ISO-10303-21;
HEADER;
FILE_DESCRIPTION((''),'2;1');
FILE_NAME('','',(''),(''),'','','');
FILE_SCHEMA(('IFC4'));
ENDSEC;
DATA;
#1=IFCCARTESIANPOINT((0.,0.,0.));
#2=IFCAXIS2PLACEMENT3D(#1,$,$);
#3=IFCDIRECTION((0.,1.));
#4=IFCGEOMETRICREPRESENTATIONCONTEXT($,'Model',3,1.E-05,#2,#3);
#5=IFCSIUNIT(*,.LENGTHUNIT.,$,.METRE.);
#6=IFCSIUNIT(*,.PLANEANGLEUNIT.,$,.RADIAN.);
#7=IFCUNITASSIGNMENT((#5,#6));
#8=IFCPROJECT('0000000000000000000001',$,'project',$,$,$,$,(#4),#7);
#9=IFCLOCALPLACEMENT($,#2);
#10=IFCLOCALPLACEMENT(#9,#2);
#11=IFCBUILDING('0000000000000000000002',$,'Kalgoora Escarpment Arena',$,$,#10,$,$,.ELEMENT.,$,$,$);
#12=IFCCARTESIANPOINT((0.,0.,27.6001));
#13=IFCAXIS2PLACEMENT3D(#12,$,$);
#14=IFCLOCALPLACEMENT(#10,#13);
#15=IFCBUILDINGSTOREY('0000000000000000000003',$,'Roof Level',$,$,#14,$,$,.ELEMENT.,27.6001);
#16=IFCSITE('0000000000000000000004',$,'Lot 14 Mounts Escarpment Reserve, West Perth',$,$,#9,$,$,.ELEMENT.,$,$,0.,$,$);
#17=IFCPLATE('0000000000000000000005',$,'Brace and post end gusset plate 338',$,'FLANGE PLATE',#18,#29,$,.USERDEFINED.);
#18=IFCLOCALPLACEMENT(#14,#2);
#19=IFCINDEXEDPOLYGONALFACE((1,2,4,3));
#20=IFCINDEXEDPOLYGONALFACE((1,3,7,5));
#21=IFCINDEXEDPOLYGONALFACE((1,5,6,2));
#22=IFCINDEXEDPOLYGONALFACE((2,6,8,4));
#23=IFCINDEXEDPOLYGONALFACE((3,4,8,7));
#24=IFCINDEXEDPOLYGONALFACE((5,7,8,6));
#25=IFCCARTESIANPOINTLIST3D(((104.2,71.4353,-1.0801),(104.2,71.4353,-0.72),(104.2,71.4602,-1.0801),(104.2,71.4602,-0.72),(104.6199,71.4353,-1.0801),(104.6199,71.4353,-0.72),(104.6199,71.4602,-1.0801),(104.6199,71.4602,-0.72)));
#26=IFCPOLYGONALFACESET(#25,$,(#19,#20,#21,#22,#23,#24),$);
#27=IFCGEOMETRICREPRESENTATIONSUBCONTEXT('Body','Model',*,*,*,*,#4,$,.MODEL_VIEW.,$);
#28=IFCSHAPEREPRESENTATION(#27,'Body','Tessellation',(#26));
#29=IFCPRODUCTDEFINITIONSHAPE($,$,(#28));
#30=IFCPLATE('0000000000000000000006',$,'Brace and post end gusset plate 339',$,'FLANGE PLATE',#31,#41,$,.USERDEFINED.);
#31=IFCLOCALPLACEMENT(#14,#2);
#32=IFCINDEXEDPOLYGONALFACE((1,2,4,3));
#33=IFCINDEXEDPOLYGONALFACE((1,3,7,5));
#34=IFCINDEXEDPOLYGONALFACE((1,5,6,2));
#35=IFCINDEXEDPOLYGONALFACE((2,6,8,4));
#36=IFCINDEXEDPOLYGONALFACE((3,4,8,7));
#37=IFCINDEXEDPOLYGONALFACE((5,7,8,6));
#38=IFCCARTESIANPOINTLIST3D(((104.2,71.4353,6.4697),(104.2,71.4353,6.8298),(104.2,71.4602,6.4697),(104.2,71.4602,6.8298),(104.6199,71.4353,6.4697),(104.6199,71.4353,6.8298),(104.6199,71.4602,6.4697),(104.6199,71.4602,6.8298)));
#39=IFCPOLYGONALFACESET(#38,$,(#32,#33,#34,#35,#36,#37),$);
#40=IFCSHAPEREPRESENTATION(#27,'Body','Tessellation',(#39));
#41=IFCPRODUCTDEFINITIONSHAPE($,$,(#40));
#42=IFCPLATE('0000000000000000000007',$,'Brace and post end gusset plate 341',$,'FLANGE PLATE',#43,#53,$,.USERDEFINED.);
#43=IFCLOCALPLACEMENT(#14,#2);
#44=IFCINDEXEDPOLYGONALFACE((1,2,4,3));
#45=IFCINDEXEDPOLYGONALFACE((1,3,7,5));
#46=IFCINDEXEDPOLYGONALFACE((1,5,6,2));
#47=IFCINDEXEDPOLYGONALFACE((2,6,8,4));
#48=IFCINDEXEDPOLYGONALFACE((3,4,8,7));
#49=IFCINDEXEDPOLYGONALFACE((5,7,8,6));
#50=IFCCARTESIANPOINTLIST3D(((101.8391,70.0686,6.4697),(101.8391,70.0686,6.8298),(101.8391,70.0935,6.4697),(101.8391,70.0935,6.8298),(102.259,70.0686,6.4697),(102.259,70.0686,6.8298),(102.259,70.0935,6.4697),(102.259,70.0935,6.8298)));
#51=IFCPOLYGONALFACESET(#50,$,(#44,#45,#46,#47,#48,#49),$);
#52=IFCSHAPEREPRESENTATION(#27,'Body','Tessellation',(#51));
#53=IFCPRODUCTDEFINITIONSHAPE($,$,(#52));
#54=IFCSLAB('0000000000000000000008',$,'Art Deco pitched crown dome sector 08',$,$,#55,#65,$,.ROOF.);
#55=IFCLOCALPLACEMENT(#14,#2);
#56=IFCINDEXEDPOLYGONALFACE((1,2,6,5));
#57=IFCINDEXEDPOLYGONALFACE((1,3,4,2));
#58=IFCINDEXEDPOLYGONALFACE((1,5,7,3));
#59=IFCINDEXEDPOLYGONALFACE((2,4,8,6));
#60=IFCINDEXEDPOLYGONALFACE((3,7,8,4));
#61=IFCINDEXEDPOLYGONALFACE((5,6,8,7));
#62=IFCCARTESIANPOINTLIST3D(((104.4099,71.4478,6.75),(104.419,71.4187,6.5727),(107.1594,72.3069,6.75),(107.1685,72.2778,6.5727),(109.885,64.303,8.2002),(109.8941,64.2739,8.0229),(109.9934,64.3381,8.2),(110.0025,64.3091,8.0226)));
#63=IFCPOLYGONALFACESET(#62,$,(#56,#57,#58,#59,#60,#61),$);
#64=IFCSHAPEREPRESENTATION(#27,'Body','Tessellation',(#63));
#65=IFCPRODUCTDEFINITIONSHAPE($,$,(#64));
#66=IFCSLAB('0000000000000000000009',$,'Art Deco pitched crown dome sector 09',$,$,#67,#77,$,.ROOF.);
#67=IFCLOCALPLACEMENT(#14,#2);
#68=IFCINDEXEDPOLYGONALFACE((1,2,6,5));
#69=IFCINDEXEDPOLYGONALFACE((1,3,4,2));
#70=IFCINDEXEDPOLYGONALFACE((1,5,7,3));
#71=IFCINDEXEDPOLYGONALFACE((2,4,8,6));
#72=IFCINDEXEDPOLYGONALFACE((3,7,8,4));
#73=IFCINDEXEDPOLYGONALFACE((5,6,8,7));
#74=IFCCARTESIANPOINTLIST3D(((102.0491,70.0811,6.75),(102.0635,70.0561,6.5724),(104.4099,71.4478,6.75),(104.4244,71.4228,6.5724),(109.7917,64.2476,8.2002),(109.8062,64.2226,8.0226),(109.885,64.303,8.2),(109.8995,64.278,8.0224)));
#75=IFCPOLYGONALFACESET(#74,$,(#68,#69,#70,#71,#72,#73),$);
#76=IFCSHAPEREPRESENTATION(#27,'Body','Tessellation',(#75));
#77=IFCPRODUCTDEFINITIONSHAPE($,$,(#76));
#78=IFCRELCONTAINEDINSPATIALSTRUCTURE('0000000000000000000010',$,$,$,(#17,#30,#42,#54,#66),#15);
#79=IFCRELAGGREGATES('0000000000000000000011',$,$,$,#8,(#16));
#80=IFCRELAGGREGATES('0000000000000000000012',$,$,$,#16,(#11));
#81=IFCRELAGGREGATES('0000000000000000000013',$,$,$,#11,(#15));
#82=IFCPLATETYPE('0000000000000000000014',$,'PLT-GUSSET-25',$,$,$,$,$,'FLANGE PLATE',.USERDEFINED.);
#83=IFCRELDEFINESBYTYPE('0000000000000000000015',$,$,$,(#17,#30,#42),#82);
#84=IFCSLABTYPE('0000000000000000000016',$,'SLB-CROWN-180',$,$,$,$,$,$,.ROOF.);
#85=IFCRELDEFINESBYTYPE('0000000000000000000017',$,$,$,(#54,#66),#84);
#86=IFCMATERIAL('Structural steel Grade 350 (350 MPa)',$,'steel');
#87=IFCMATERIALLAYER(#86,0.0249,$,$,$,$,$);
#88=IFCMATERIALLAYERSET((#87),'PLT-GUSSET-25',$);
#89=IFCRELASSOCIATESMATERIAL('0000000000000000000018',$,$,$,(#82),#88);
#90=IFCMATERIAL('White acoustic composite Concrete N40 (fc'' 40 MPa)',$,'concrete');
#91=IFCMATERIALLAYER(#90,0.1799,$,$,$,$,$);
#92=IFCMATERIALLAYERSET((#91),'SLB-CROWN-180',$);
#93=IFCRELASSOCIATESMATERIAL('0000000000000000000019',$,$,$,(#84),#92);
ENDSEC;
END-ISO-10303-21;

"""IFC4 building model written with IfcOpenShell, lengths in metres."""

from ifc_helpers import new_model, si_unit, direction, frame, origin, origin_2d, place, context, subcontext, project, spatial, polyline, rectangle, outline, extrude, material, layer, layer_set, type_object, element, save


model = new_model("IFC4")

# Units and contexts
model_context = context("Model", 3, precision=1e-05, world=origin(), true_north=direction((0.0, 1.0)))
body_context = subcontext(model_context, "Body", "Model", "MODEL_VIEW")
ifc_project = project(units=[si_unit("LENGTHUNIT", "METRE"), si_unit("PLANEANGLEUNIT", "RADIAN")], contexts=[model_context])

# Site, building, storey
site_placement = place(None, origin())
site = spatial("IfcSite", under=ifc_project, at=site_placement, Name="Lot 14 Mounts Escarpment Reserve, West Perth", CompositionType="ELEMENT", RefElevation=0.0)
building_placement = place(site_placement, origin())
building = spatial("IfcBuilding", under=site, at=building_placement, Name="Kalgoora Escarpment Arena", CompositionType="ELEMENT")
storey_placement = place(building_placement, frame((0.0, 0.0, 27.6001)))
storey = spatial("IfcBuildingStorey", under=building, at=storey_placement, Name="Roof Level", CompositionType="ELEMENT", Elevation=27.6001)

# Plates
ifc_material_1 = material(Name="Structural steel Grade 350 (350 MPa)", Category="steel")
ifc_layer_1 = layer(ifc_material_1, 0.0249)
ifc_layer_set_1 = layer_set([ifc_layer_1], Name="PLT-GUSSET-25")
plate_type = type_object("IfcPlateType", Name="PLT-GUSSET-25", ElementType="FLANGE PLATE", PredefinedType="USERDEFINED", material=ifc_layer_set_1)
for number, where, z_axis, x_axis, name in (
    (1, (104.4099, 71.4478, -1.0801), (0.0, 0.0, 1.0), (1.0, 0.0, 0.0), "Brace and post end gusset plate 338"),
    (2, (104.4099, 71.4478, 6.4697), (0.0, 0.0, 1.0), (1.0, 0.0, 0.0), "Brace and post end gusset plate 339"),
    (3, (102.0491, 70.0811, 6.4697), (0.0, 0.0, 1.0), (1.0, 0.0, 0.0), "Brace and post end gusset plate 341"),
):
    element("IfcPlate", number, at=place(storey_placement, frame(where, z_axis=z_axis, x_axis=x_axis)), inside=storey, type_object=plate_type, Name=name, ObjectType="FLANGE PLATE", PredefinedType="USERDEFINED", context=body_context, shape_type="SweptSolid", body=[
        extrude(rectangle(XDim=0.4199, YDim=0.0249, at=origin_2d()), origin(), (0.0, 0.0, 1.0), 0.3601),
    ])

# Slabs
ifc_material_2 = material(Name="White acoustic composite Concrete N40 (fc' 40 MPa)", Category="concrete")
ifc_layer_2 = layer(ifc_material_2, 0.1799)
ifc_layer_set_2 = layer_set([ifc_layer_2], Name="SLB-CROWN-180")
slab_type = type_object("IfcSlabType", Name="SLB-CROWN-180", PredefinedType="ROOF", material=ifc_layer_set_2)
slab_1_placement = place(storey_placement, frame((107.1594, 72.3069, 6.75), z_axis=(-0.050422, 0.161406, 0.985599), x_axis=(-0.95449, -0.298244, 0.000011)))
element("IfcSlab", 4, at=slab_1_placement, inside=storey, type_object=slab_type, Name="Art Deco pitched crown dome sector 08", PredefinedType="ROOF", context=body_context, shape_type="SweptSolid", body=[
    extrude(outline(polyline([(0.0, 0.0), (2.8806, 0.0), (-0.2144, 8.576), (-0.3284, 8.5748), (0.0, 0.0)])), origin(), (0.0, 0.0, -1.0), 0.1799),
])
slab_2_placement = place(storey_placement, frame((104.4099, 71.4478, 6.75), z_axis=(-0.080318, 0.138771, 0.987062), x_axis=(-0.865444, -0.501006, 0.000015)))
element("IfcSlab", 5, at=slab_2_placement, inside=storey, type_object=slab_type, Name="Art Deco pitched crown dome sector 09", PredefinedType="ROOF", context=body_context, shape_type="SweptSolid", body=[
    extrude(outline(polyline([(0.0, 0.0), (2.7279, 0.0), (-1.0503, 9.0447), (-1.1588, 9.0435), (0.0, 0.0)])), origin(), (0.0, 0.0, -1.0), 0.1799),
])

save(model, "model.ifc")
